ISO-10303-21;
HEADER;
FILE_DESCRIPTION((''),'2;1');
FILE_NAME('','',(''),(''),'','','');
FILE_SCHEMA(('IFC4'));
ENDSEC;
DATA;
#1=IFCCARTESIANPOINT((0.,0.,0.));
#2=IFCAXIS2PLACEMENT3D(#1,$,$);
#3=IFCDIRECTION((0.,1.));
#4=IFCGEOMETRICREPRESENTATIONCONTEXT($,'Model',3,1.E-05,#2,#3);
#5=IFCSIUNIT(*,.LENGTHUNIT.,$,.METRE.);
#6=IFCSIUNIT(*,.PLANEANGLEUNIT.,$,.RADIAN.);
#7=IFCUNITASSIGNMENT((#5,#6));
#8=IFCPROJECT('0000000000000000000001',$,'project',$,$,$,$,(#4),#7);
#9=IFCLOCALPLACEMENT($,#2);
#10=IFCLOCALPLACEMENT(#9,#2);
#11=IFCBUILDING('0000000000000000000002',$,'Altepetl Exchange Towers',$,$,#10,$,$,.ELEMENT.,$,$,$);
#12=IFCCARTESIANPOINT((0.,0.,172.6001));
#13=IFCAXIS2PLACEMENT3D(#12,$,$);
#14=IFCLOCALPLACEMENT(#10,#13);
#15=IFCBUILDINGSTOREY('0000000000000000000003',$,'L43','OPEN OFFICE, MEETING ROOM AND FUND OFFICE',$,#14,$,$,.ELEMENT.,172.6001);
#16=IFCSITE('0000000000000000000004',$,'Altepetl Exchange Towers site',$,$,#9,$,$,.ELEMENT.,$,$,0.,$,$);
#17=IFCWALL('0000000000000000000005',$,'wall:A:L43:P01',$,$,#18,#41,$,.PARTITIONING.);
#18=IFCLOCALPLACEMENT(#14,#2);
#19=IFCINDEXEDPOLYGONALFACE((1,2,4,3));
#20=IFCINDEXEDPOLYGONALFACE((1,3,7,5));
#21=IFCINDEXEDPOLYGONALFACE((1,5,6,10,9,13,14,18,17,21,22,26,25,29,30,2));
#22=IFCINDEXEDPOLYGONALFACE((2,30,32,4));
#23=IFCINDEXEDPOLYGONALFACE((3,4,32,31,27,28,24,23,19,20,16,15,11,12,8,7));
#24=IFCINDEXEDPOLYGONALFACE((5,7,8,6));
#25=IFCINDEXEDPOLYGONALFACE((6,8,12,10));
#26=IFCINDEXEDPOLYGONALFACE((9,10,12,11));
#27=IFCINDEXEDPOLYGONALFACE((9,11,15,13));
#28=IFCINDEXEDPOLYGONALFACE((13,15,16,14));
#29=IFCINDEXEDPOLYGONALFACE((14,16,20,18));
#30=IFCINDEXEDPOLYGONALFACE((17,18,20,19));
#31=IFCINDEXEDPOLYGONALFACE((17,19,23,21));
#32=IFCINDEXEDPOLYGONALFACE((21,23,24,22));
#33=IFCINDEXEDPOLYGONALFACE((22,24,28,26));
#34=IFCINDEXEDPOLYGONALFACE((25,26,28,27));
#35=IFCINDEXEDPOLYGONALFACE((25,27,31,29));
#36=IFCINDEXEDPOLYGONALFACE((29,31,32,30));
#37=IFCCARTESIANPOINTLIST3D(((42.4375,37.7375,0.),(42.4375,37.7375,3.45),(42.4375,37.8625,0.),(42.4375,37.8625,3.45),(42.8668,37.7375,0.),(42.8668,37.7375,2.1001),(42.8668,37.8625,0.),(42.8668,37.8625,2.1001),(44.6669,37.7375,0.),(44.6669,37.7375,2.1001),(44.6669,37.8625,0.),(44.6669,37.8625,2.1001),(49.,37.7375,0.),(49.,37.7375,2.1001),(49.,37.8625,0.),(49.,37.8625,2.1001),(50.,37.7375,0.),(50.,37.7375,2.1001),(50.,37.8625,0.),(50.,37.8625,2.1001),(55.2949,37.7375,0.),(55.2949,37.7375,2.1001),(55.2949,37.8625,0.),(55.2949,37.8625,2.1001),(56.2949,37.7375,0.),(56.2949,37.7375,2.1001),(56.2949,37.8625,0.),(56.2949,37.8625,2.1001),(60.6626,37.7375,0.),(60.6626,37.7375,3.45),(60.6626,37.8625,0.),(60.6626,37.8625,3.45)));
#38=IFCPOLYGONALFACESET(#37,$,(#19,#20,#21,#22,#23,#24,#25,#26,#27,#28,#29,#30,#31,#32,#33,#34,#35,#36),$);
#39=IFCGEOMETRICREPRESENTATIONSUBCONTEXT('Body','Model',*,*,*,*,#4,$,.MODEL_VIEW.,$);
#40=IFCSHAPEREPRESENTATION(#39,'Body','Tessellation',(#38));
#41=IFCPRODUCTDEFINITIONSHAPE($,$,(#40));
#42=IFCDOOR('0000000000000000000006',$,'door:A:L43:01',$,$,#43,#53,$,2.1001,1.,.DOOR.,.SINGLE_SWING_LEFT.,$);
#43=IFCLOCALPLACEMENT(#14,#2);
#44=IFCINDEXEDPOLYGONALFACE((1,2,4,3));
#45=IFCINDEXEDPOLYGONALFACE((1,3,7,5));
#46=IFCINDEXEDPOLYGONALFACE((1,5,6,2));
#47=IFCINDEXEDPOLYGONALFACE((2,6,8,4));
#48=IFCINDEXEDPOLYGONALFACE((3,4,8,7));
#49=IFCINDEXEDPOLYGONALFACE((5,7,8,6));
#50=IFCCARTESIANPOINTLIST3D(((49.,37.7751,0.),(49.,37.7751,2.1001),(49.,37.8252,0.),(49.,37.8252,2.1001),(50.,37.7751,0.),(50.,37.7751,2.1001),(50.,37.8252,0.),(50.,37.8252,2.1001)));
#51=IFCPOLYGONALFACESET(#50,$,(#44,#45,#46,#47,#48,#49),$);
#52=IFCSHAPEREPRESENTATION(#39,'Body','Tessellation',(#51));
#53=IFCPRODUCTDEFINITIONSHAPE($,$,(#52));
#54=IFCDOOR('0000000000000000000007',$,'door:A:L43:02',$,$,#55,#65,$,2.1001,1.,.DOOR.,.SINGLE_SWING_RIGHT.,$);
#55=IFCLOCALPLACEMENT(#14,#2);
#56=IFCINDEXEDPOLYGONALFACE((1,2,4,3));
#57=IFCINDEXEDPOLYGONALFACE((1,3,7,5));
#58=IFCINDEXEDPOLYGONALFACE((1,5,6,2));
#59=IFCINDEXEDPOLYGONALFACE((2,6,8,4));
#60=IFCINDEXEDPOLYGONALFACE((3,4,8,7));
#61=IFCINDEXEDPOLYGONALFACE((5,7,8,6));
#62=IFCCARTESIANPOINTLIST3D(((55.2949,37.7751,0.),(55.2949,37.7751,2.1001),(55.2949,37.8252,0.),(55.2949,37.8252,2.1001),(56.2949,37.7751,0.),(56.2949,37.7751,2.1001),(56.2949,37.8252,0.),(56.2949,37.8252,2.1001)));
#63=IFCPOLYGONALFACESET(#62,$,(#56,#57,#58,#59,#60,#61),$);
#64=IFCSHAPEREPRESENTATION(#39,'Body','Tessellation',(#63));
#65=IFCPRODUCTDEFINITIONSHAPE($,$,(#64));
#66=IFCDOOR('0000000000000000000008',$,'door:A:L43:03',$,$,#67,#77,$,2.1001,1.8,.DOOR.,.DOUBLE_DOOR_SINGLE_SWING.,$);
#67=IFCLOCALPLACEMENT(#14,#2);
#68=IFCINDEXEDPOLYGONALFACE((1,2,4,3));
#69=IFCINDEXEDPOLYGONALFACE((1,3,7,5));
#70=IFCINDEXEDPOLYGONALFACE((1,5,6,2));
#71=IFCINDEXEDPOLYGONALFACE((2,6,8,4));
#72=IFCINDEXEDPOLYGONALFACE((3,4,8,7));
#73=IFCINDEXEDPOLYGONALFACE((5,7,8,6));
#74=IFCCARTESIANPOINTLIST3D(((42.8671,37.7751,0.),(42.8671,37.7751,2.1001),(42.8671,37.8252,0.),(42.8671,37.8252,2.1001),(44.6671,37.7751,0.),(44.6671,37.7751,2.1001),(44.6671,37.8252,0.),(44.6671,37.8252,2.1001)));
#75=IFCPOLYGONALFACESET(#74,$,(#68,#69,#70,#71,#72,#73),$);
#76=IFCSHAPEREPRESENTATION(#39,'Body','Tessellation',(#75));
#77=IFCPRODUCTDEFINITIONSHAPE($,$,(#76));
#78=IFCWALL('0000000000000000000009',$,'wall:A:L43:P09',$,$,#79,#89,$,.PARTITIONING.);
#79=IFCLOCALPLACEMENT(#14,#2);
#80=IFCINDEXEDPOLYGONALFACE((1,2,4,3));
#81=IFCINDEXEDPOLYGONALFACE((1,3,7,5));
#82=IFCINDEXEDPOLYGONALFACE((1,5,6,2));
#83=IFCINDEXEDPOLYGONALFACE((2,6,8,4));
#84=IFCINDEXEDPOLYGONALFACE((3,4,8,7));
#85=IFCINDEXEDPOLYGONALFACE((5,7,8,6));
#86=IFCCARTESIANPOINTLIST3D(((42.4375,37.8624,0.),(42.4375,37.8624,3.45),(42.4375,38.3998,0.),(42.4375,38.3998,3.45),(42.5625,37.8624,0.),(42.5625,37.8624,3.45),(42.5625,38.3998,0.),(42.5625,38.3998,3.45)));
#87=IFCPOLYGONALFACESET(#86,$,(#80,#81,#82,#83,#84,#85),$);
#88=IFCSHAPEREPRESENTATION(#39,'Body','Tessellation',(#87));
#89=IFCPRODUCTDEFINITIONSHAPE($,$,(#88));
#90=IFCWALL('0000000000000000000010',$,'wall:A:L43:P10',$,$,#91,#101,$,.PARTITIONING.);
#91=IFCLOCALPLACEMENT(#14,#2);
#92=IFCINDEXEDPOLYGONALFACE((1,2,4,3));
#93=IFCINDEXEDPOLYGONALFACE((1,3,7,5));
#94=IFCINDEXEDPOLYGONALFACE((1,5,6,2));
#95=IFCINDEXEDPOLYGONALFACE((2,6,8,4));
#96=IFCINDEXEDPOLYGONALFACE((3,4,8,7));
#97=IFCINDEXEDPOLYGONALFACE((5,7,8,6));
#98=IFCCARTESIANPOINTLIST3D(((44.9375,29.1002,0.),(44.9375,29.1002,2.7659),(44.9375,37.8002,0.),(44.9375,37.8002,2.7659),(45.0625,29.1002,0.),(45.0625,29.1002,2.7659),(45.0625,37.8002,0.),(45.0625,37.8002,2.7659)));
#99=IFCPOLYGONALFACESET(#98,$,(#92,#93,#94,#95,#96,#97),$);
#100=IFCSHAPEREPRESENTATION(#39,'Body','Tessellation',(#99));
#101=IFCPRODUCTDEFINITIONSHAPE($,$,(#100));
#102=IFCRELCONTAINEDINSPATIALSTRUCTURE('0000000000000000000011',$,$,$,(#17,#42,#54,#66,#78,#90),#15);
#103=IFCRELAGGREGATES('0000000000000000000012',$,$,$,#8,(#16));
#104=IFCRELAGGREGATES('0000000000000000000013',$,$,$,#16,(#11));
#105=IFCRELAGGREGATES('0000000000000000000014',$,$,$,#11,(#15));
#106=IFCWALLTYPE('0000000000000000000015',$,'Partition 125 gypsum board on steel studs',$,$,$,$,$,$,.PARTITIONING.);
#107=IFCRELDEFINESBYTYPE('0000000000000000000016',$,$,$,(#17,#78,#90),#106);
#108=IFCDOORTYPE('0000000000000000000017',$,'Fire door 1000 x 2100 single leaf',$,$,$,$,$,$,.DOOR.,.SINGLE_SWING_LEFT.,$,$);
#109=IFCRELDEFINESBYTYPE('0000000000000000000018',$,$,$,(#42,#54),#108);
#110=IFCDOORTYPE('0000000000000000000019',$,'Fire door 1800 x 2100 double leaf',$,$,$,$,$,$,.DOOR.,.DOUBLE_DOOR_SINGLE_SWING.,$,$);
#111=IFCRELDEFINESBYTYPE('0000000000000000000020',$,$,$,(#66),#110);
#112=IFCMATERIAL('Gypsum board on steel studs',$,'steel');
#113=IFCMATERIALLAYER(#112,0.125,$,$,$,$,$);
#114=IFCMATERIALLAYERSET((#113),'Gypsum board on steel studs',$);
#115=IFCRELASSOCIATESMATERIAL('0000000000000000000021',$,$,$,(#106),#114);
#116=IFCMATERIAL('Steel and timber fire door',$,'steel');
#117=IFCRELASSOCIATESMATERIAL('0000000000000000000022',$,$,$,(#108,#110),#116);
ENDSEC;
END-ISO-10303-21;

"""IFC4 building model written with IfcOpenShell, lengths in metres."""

from ifc_helpers import new_model, si_unit, direction, frame, frame_2d, origin, place, context, subcontext, project, spatial, rectangle, extrude, material, layer, layer_set, type_object, element, fill, save


model = new_model("IFC4")

# Units and contexts
model_context = context("Model", 3, precision=1e-05, world=origin(), true_north=direction((0.0, 1.0)))
body_context = subcontext(model_context, "Body", "Model", "MODEL_VIEW")
ifc_project = project(units=[si_unit("LENGTHUNIT", "METRE"), si_unit("PLANEANGLEUNIT", "RADIAN")], contexts=[model_context])

# Site, building, storey
site_placement = place(None, origin())
site = spatial("IfcSite", under=ifc_project, at=site_placement, Name="Altepetl Exchange Towers site", CompositionType="ELEMENT", RefElevation=0.0)
building_placement = place(site_placement, origin())
building = spatial("IfcBuilding", under=site, at=building_placement, Name="Altepetl Exchange Towers", CompositionType="ELEMENT")
storey_placement = place(building_placement, frame((0.0, 0.0, 172.6001)))
storey = spatial("IfcBuildingStorey", under=building, at=storey_placement, Name="L43", Description="OPEN OFFICE, MEETING ROOM AND FUND OFFICE", CompositionType="ELEMENT", Elevation=172.6001)

# Wall, openings, doors
ifc_material_1 = material(Name="Gypsum board on steel studs", Category="steel")
ifc_layer_1 = layer(ifc_material_1, 0.125)
ifc_layer_set_1 = layer_set([ifc_layer_1], Name="Gypsum board on steel studs")
wall_type_1 = type_object("IfcWallType", Name="Partition 125 gypsum board on steel studs", PredefinedType="PARTITIONING", material=ifc_layer_set_1)
wall_1_placement = place(storey_placement, frame((42.4375, 37.8, 0.0)))
wall_1 = element("IfcWall", 1, at=wall_1_placement, inside=storey, type_object=wall_type_1, Name="wall:A:L43:P01", PredefinedType="PARTITIONING", context=body_context, shape_type="SweptSolid", body=[
    extrude(rectangle(XDim=18.2251, YDim=0.125, at=frame_2d((9.1125, 0.0))), origin(), (0.0, 0.0, 1.0), 3.45),
])
opening_1_placement = place(wall_1_placement, frame((6.5625, 0.0, 0.0)))
opening_1 = element("IfcOpeningElement", 2, at=opening_1_placement, cuts=wall_1, PredefinedType="OPENING", context=body_context, shape_type="SweptSolid", body=[
    extrude(rectangle(XDim=1.0, YDim=2.1001, at=frame_2d((0.5, 1.05))), frame((0.0, 0.0725, 0.0), z_axis=(0.0, -1.0, 0.0), x_axis=(1.0, 0.0, 0.0)), (0.0, 0.0, 1.0), 0.145),
])
opening_2_placement = place(wall_1_placement, frame((12.8574, 0.0, 0.0)))
opening_2 = element("IfcOpeningElement", 3, at=opening_2_placement, cuts=wall_1, PredefinedType="OPENING", context=body_context, shape_type="SweptSolid", body=[
    extrude(rectangle(XDim=1.0, YDim=2.1001, at=frame_2d((0.5, 1.05))), frame((0.0, 0.0725, 0.0), z_axis=(0.0, -1.0, 0.0), x_axis=(1.0, 0.0, 0.0)), (0.0, 0.0, 1.0), 0.145),
])
opening_3_placement = place(wall_1_placement, frame((0.4294, 0.0, 0.0)))
opening_3 = element("IfcOpeningElement", 4, at=opening_3_placement, cuts=wall_1, PredefinedType="OPENING", context=body_context, shape_type="SweptSolid", body=[
    extrude(rectangle(XDim=1.8, YDim=2.1001, at=frame_2d((0.8999, 1.05))), frame((0.0, 0.0725, 0.0), z_axis=(0.0, -1.0, 0.0), x_axis=(1.0, 0.0, 0.0)), (0.0, 0.0, 1.0), 0.145),
])
ifc_material_2 = material(Name="Steel and timber fire door", Category="steel")
door_type_1 = type_object("IfcDoorType", Name="Fire door 1000 x 2100 single leaf", OperationType="SINGLE_SWING_LEFT", PredefinedType="DOOR", material=ifc_material_2)
door_1_placement = place(opening_1_placement, frame((1.0, 0.0, 0.0), x_axis=(-1.0, 0.0, 0.0)))
door_1 = element("IfcDoor", 5, at=door_1_placement, inside=storey, type_object=door_type_1, Name="door:A:L43:01", OperationType="SINGLE_SWING_LEFT", OverallHeight=2.1001, OverallWidth=1.0, PredefinedType="DOOR", context=body_context, shape_type="SweptSolid", body=[
    extrude(rectangle(XDim=1.0, YDim=2.1001, at=frame_2d((0.5, 1.05))), frame((0.0, 0.0249, 0.0), z_axis=(0.0, -1.0, 0.0), x_axis=(1.0, 0.0, 0.0)), (0.0, 0.0, 1.0), 0.05),
])
fill(opening_1, door_1)
door_2_placement = place(opening_2_placement, frame((1.0, 0.0, 0.0), x_axis=(-1.0, 0.0, 0.0)))
door_2 = element("IfcDoor", 6, at=door_2_placement, inside=storey, type_object=door_type_1, Name="door:A:L43:02", OperationType="SINGLE_SWING_RIGHT", OverallHeight=2.1001, OverallWidth=1.0, PredefinedType="DOOR", context=body_context, shape_type="SweptSolid", body=[
    extrude(rectangle(XDim=1.0, YDim=2.1001, at=frame_2d((0.5, 1.05))), frame((0.0, 0.0249, 0.0), z_axis=(0.0, -1.0, 0.0), x_axis=(1.0, 0.0, 0.0)), (0.0, 0.0, 1.0), 0.05),
])
fill(opening_2, door_2)
door_type_2 = type_object("IfcDoorType", Name="Fire door 1800 x 2100 double leaf", OperationType="DOUBLE_DOOR_SINGLE_SWING", PredefinedType="DOOR", material=ifc_material_2)
door_3_placement = place(opening_3_placement, frame((1.8, 0.0, 0.0), x_axis=(-1.0, 0.0, 0.0)))
door_3 = element("IfcDoor", 7, at=door_3_placement, inside=storey, type_object=door_type_2, Name="door:A:L43:03", OperationType="DOUBLE_DOOR_SINGLE_SWING", OverallHeight=2.1001, OverallWidth=1.8, PredefinedType="DOOR", context=body_context, shape_type="SweptSolid", body=[
    extrude(rectangle(XDim=1.8, YDim=2.1001, at=frame_2d((0.8999, 1.05))), frame((0.0, 0.0249, 0.0), z_axis=(0.0, -1.0, 0.0), x_axis=(1.0, 0.0, 0.0)), (0.0, 0.0, 1.0), 0.05),
])
fill(opening_3, door_3)

# Walls
wall_2_placement = place(storey_placement, frame((42.5, 37.8625, 0.0), z_axis=(0.0, 0.0, 1.0), x_axis=(0.0, 1.0, 0.0)))
element("IfcWall", 8, at=wall_2_placement, inside=storey, type_object=wall_type_1, Name="wall:A:L43:P09", PredefinedType="PARTITIONING", context=body_context, shape_type="SweptSolid", body=[
    extrude(rectangle(XDim=0.5374, YDim=0.125, at=frame_2d((0.2686, 0.0))), origin(), (0.0, 0.0, 1.0), 3.45),
])
wall_3_placement = place(storey_placement, frame((45.0, 29.1001, 0.0), z_axis=(0.0, 0.0, 1.0), x_axis=(0.0, 1.0, 0.0)))
element("IfcWall", 9, at=wall_3_placement, inside=storey, type_object=wall_type_1, Name="wall:A:L43:P10", PredefinedType="PARTITIONING", context=body_context, shape_type="SweptSolid", body=[
    extrude(rectangle(XDim=8.7, YDim=0.125, at=frame_2d((4.3501, 0.0))), origin(), (0.0, 0.0, 1.0), 2.7659),
])

save(model, "model.ifc")
